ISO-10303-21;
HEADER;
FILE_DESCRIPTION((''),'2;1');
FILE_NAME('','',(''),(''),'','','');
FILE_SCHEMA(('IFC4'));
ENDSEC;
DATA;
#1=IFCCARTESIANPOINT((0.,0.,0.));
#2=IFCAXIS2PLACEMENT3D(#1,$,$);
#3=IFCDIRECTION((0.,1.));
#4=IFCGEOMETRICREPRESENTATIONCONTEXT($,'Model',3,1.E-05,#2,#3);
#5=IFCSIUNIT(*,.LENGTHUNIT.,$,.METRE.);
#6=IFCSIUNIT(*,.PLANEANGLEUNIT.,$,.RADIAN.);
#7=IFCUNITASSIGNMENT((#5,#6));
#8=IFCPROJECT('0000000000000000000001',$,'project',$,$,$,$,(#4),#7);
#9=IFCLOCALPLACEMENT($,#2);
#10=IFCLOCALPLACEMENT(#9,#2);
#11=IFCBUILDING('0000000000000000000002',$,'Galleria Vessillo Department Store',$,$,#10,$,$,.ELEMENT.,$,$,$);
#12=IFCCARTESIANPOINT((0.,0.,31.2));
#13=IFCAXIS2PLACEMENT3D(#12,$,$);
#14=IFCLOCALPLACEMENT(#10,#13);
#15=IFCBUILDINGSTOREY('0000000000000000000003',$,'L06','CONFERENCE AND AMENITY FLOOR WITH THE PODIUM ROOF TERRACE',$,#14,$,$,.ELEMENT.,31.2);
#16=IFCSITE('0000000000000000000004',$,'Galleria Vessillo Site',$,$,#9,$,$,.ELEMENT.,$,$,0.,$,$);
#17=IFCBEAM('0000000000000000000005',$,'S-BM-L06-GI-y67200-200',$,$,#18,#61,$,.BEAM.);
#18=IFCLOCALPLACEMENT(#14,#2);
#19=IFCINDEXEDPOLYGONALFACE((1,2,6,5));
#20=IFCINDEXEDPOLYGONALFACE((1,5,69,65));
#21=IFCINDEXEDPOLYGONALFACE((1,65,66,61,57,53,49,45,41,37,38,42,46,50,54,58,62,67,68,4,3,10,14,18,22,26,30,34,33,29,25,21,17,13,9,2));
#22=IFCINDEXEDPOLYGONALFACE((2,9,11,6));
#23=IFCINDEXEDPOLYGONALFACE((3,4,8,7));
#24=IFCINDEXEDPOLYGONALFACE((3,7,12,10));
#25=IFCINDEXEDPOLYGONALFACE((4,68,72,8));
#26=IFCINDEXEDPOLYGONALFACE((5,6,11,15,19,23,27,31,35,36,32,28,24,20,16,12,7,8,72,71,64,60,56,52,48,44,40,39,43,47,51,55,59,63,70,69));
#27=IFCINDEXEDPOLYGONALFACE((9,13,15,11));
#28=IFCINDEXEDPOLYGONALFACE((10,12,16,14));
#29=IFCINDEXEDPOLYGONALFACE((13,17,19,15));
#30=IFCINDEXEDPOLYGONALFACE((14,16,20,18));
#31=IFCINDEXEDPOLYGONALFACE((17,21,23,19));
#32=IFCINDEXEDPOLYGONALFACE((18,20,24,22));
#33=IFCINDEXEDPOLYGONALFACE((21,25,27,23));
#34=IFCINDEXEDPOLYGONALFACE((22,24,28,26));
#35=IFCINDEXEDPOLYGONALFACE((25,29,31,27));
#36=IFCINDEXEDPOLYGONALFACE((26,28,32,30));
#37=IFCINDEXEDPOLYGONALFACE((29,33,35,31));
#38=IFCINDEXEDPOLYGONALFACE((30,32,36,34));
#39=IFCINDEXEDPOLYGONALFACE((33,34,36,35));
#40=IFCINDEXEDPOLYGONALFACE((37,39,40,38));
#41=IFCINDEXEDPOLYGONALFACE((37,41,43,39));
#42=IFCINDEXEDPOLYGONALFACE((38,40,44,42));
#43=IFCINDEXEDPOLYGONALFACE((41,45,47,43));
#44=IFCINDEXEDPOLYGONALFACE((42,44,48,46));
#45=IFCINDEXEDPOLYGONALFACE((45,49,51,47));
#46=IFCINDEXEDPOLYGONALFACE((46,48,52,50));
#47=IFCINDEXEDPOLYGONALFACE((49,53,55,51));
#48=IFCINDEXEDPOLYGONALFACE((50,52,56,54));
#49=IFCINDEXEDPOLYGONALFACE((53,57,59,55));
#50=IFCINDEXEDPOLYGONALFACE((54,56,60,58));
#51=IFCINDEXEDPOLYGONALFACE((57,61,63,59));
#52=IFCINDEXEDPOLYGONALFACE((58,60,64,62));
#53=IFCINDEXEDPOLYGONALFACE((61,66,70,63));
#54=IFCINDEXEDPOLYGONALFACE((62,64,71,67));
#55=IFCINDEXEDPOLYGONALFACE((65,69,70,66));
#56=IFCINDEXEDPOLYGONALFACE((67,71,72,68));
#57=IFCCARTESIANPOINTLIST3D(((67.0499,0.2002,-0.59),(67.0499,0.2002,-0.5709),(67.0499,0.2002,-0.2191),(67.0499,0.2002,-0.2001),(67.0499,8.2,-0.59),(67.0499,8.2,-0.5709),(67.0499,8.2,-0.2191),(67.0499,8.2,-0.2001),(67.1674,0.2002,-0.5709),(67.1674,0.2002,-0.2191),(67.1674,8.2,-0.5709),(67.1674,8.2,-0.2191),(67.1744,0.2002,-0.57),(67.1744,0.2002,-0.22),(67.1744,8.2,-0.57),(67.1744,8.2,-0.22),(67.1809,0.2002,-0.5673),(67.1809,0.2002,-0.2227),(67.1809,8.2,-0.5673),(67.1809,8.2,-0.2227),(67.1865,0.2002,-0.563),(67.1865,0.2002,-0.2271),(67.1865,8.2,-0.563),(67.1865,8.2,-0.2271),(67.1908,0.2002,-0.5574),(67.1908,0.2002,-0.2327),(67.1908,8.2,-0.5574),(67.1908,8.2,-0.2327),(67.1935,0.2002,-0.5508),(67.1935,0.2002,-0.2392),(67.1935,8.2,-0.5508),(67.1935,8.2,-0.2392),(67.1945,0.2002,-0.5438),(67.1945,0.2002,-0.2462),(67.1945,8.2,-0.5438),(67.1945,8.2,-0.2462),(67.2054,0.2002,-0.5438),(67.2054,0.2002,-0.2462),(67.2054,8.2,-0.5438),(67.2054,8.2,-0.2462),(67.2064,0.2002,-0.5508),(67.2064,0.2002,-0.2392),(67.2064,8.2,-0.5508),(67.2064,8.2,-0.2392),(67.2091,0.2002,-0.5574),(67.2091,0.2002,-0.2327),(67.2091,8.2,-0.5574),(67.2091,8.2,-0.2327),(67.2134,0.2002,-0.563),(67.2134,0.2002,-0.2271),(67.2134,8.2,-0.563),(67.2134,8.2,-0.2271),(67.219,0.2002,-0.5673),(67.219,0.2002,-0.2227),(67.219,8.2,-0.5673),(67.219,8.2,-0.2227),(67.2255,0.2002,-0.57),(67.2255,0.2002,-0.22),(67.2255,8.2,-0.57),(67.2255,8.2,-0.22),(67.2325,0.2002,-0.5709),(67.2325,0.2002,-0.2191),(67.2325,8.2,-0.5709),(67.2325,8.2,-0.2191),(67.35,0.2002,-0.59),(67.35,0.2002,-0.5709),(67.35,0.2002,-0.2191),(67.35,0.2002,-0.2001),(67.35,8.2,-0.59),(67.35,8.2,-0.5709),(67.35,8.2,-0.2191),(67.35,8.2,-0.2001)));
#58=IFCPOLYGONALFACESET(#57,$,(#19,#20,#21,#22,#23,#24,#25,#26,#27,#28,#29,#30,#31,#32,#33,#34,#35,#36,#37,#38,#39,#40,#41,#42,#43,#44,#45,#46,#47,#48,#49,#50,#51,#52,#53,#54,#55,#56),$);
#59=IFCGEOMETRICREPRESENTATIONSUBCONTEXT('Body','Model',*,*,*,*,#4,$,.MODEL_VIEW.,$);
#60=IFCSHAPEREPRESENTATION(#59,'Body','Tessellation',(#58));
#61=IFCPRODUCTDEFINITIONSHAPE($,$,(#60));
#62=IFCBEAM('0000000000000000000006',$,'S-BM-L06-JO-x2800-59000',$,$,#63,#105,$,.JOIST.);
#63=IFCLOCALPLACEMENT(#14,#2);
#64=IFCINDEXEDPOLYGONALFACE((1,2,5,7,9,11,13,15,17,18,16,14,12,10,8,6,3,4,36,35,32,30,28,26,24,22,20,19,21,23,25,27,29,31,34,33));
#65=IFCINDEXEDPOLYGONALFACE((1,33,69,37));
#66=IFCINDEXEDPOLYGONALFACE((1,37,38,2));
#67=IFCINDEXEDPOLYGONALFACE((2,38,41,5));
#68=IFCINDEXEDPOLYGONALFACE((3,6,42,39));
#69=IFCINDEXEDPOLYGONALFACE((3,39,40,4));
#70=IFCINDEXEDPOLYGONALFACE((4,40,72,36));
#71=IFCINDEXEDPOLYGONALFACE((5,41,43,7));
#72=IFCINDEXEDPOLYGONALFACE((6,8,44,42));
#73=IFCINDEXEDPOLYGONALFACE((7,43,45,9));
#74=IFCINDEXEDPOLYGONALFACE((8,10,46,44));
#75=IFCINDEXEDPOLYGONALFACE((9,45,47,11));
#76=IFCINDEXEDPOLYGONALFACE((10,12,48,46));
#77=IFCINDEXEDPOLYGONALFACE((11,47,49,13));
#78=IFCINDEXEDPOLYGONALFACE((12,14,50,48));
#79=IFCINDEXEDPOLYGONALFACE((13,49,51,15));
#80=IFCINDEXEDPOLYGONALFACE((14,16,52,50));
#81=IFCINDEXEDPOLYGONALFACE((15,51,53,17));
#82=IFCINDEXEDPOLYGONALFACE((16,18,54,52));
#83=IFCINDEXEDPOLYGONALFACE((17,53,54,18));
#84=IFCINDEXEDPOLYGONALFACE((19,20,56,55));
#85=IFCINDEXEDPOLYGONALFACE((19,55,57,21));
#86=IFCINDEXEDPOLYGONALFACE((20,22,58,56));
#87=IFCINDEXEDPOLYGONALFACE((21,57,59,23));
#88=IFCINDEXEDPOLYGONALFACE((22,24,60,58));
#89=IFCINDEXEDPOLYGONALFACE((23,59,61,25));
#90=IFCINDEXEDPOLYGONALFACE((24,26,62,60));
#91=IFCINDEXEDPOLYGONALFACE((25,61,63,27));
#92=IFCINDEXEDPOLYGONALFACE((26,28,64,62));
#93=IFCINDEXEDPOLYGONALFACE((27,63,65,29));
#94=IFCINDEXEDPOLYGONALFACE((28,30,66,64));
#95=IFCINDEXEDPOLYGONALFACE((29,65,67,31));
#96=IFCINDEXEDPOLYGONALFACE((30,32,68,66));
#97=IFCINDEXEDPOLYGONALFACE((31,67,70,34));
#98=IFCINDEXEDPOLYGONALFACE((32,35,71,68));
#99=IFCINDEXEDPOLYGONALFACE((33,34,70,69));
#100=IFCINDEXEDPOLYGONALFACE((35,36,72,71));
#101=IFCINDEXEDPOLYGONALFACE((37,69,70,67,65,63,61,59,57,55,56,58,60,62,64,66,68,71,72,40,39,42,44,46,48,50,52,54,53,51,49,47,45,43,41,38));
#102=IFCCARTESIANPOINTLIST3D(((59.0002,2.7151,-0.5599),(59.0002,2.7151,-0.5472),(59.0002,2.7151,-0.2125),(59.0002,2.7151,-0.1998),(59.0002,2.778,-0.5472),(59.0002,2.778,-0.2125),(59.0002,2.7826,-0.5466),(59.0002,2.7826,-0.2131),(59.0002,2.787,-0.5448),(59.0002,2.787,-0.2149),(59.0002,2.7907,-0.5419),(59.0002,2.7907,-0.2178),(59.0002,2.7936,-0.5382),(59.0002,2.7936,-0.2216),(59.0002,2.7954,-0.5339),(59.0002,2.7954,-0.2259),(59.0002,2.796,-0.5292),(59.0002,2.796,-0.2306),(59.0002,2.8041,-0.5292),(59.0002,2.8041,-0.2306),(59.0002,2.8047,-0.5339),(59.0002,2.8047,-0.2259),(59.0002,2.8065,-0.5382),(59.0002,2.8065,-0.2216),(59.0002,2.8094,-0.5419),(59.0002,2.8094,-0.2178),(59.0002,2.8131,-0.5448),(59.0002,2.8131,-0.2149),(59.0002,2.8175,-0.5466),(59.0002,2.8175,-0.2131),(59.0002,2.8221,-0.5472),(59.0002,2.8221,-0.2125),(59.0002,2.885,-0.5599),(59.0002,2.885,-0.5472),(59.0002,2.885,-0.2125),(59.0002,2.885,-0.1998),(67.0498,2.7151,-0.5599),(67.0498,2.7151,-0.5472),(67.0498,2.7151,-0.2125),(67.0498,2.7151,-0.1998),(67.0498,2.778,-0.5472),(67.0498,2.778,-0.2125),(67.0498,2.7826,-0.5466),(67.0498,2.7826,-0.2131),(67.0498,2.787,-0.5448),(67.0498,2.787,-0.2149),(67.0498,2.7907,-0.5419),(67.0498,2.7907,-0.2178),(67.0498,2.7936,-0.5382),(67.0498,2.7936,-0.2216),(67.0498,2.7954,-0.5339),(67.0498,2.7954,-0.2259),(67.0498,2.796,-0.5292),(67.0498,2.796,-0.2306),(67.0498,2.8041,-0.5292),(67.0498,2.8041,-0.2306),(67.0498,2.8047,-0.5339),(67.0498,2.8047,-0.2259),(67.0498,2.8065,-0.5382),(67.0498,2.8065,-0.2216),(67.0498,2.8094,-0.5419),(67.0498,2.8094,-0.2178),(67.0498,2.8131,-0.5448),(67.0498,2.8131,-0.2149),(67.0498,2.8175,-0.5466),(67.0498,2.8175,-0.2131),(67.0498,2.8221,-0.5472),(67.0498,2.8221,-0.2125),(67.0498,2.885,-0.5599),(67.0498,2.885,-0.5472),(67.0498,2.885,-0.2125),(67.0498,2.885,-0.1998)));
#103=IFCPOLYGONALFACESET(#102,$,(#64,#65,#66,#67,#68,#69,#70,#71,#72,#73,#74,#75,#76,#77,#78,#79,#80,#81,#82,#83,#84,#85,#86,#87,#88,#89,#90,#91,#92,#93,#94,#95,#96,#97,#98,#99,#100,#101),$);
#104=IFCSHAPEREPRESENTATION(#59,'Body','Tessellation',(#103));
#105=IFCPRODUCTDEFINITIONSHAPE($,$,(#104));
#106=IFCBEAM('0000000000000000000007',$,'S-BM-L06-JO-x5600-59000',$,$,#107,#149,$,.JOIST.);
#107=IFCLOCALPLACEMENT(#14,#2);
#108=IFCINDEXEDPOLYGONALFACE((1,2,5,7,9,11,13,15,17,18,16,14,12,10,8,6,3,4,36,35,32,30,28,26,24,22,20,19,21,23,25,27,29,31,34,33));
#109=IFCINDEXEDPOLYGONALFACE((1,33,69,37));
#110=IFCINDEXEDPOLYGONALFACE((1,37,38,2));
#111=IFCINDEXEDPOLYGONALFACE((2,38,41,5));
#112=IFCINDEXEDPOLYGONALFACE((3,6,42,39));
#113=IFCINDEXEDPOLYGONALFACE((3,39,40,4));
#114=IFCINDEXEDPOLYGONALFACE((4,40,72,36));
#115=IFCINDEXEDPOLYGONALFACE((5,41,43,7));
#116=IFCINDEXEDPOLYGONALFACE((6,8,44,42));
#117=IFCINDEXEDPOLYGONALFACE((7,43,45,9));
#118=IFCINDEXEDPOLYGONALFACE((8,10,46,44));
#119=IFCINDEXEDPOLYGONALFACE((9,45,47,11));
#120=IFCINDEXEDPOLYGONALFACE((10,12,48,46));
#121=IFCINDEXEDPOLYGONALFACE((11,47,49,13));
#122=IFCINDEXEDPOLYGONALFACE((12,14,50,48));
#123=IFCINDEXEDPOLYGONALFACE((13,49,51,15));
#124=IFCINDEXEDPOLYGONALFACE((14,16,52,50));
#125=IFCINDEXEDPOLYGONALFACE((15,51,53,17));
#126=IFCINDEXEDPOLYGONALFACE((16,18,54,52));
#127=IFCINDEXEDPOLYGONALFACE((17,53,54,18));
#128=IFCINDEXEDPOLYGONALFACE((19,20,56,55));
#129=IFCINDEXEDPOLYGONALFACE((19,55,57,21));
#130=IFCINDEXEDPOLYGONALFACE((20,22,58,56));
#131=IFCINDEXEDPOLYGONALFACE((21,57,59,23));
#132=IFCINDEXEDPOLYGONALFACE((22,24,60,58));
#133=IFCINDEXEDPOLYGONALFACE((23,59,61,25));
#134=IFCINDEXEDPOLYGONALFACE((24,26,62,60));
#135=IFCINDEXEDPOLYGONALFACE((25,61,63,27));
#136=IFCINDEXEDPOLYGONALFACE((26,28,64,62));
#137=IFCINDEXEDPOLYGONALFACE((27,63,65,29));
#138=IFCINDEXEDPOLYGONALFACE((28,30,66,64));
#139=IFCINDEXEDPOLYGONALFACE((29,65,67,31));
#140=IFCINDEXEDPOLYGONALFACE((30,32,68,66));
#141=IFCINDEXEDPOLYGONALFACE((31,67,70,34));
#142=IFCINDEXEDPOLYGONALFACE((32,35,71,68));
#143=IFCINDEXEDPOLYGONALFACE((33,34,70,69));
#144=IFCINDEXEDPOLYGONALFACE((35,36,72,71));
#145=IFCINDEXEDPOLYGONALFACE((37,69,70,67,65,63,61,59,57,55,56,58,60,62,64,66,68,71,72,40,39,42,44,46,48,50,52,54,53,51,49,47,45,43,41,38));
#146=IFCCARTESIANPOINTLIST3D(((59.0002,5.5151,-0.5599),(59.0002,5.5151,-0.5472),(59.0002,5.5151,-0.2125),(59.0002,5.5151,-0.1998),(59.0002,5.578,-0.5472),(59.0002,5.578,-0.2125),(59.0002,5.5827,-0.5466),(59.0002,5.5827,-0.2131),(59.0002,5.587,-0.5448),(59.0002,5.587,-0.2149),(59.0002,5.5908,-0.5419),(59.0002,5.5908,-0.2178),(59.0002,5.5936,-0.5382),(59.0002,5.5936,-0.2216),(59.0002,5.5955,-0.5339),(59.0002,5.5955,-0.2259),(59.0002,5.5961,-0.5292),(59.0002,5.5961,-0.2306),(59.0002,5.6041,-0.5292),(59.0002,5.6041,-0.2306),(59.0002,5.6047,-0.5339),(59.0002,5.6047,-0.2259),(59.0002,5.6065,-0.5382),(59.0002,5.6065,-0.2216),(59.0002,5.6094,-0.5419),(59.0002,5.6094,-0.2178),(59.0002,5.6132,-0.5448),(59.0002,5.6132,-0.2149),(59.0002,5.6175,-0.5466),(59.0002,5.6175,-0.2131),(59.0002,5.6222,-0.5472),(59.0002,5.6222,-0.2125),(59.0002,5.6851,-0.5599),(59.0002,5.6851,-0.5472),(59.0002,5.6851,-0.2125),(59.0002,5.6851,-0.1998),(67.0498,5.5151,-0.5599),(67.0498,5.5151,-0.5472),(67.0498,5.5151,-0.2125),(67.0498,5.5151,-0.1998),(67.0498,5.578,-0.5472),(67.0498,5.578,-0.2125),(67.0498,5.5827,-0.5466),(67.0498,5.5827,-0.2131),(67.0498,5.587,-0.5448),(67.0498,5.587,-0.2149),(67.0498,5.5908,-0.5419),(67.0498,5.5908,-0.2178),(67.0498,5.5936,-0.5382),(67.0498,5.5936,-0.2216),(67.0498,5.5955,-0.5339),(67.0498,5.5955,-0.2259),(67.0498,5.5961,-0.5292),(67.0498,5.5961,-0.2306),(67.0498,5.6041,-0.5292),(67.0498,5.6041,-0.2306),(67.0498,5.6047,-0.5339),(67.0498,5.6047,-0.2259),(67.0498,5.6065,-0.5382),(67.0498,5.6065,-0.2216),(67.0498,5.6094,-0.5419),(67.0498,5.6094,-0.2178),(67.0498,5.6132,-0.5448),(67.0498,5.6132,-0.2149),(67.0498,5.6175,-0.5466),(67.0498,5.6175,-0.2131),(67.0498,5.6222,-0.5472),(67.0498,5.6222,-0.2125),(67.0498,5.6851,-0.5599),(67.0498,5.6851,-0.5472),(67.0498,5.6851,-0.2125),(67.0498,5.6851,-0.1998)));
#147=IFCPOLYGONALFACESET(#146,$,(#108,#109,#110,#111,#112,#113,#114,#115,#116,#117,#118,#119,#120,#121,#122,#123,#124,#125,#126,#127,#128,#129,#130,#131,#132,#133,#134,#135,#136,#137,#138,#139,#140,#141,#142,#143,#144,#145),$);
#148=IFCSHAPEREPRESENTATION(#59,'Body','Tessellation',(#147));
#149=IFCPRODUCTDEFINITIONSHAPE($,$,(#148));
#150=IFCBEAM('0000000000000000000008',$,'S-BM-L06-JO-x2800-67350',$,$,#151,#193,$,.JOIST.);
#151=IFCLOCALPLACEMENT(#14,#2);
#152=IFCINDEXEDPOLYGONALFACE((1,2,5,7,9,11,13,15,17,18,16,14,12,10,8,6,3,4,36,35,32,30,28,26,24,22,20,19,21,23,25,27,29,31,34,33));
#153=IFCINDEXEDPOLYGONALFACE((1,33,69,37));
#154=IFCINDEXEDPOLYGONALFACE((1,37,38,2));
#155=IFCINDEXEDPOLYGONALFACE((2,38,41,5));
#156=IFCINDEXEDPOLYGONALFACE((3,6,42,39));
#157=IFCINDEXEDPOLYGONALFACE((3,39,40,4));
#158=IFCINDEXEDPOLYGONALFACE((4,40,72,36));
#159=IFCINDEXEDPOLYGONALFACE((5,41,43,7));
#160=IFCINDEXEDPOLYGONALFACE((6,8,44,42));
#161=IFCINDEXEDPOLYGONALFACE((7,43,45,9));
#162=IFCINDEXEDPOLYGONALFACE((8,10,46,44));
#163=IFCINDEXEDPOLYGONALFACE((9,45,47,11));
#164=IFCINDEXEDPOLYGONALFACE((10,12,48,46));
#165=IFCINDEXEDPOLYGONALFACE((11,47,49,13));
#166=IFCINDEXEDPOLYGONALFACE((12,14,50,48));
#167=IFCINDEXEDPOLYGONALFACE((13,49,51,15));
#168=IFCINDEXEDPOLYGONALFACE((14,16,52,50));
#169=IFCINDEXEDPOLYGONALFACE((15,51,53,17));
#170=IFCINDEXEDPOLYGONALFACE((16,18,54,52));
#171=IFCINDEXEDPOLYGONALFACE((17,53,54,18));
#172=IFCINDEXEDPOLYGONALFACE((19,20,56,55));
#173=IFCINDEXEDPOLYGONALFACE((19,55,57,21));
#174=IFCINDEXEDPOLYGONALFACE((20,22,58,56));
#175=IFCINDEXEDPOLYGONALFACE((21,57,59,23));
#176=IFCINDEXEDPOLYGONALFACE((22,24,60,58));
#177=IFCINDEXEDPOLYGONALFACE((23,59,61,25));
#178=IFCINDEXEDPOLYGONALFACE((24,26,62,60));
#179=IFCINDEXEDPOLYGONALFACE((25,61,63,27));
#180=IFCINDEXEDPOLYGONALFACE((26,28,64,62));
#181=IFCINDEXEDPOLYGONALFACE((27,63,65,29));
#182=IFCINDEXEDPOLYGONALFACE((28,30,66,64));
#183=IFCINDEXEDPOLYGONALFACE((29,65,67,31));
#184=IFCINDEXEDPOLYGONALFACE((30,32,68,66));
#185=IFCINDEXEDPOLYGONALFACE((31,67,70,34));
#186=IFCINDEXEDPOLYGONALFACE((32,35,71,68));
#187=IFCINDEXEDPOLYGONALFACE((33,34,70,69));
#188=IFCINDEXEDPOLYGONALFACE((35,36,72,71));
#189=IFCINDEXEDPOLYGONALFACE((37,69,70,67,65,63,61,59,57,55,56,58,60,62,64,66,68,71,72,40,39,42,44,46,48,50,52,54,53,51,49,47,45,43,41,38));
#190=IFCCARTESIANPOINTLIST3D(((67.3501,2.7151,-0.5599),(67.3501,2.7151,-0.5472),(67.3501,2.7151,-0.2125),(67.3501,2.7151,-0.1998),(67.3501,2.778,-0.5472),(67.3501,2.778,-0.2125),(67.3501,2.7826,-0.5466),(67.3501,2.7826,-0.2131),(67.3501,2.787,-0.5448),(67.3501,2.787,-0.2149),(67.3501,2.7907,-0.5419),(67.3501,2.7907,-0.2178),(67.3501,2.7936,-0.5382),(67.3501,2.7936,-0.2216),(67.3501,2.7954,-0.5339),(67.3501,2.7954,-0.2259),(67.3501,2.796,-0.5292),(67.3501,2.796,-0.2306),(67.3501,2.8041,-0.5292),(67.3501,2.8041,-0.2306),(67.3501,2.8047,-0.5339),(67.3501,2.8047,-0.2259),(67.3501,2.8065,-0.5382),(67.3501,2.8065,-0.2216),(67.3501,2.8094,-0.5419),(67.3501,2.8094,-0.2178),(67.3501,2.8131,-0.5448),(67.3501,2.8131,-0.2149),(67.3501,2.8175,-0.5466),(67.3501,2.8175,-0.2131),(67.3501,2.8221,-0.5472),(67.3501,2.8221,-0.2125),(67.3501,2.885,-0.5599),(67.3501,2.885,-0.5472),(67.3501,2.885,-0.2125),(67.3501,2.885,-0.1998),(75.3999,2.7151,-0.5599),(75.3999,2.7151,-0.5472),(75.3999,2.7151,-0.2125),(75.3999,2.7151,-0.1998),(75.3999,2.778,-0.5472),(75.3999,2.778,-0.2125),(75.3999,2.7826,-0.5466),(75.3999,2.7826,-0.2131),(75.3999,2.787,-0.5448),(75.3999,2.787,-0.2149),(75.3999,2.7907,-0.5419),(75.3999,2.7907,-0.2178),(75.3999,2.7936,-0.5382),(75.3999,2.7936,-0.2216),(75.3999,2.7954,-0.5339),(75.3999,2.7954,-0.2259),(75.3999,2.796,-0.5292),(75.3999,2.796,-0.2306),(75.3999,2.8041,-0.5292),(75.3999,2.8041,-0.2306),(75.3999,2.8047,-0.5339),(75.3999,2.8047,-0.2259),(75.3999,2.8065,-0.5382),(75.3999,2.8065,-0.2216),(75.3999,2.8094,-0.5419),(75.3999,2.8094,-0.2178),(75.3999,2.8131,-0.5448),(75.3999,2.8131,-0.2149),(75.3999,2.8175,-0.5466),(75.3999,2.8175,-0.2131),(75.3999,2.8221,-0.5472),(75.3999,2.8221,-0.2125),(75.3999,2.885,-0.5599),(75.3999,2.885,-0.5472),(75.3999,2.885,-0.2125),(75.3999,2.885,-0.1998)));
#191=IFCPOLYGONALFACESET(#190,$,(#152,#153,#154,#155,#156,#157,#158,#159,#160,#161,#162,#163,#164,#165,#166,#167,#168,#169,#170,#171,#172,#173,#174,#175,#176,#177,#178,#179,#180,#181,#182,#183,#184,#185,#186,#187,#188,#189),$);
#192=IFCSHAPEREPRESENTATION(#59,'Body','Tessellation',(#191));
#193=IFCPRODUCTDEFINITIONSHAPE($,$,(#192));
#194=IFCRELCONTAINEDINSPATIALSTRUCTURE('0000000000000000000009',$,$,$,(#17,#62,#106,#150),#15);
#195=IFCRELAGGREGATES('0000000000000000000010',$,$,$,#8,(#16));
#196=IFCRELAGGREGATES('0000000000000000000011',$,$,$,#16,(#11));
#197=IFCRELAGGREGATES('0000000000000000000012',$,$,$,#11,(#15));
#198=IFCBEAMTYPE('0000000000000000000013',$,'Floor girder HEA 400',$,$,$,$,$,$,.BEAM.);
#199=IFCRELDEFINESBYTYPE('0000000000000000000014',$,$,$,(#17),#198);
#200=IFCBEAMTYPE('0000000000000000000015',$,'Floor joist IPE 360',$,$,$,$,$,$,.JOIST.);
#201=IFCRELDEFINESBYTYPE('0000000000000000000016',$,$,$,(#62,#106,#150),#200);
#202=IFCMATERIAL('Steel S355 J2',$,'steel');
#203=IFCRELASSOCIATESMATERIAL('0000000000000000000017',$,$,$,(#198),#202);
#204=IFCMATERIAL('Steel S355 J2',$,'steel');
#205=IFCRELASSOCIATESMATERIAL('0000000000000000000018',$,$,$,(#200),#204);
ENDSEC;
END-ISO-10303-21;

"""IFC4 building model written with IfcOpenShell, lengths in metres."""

from ifc_helpers import new_model, si_unit, direction, frame, origin, origin_2d, place, context, subcontext, project, spatial, i_section, extrude, material, material_profile, profile_set, type_object, element, save


model = new_model("IFC4")

# Units and contexts
model_context = context("Model", 3, precision=1e-05, world=origin(), true_north=direction((0.0, 1.0)))
body_context = subcontext(model_context, "Body", "Model", "MODEL_VIEW")
ifc_project = project(units=[si_unit("LENGTHUNIT", "METRE"), si_unit("PLANEANGLEUNIT", "RADIAN")], contexts=[model_context])

# Site, building, storey
site_placement = place(None, origin())
site = spatial("IfcSite", under=ifc_project, at=site_placement, Name="Galleria Vessillo Site", CompositionType="ELEMENT", RefElevation=0.0)
building_placement = place(site_placement, origin())
building = spatial("IfcBuilding", under=site, at=building_placement, Name="Galleria Vessillo Department Store", CompositionType="ELEMENT")
storey_placement = place(building_placement, frame((0.0, 0.0, 31.2)))
storey = spatial("IfcBuildingStorey", under=building, at=storey_placement, Name="L06", Description="CONFERENCE AND AMENITY FLOOR WITH THE PODIUM ROOF TERRACE", CompositionType="ELEMENT", Elevation=31.2)

# Beams
ifc_material_1 = material(Name="Steel S355 J2", Category="steel")
ifc_material_profile_1 = material_profile(ifc_material_1, i_section(OverallWidth=0.3, OverallDepth=0.3899, WebThickness=0.011, FlangeThickness=0.019, FilletRadius=0.0271, at=origin_2d()), Name="HEA 400")
ifc_profile_set_1 = profile_set([ifc_material_profile_1], Name="Steel S355 J2")
beam_type_1 = type_object("IfcBeamType", Name="Floor girder HEA 400", PredefinedType="BEAM", material=ifc_profile_set_1)
beam_1_placement = place(storey_placement, frame((67.2, 0.2002, -0.395), z_axis=(0.0, 1.0, 0.0), x_axis=(-1.0, 0.0, 0.0)))
element("IfcBeam", 1, at=beam_1_placement, inside=storey, type_object=beam_type_1, Name="S-BM-L06-GI-y67200-200", PredefinedType="BEAM", context=body_context, shape_type="SweptSolid", body=[
    extrude(i_section(OverallWidth=0.3, OverallDepth=0.3899, WebThickness=0.011, FlangeThickness=0.019, FilletRadius=0.0271, at=origin_2d()), origin(), (0.0, 0.0, 1.0), 7.9998),
])
ifc_material_2 = material(Name="Steel S355 J2", Category="steel")
ifc_material_profile_2 = material_profile(ifc_material_2, i_section(OverallWidth=0.1699, OverallDepth=0.3601, WebThickness=0.0081, FlangeThickness=0.0127, FilletRadius=0.0181, at=origin_2d()), Name="IPE 360")
ifc_profile_set_2 = profile_set([ifc_material_profile_2], Name="Steel S355 J2")
beam_type_2 = type_object("IfcBeamType", Name="Floor joist IPE 360", PredefinedType="JOIST", material=ifc_profile_set_2)
for number, where, z_axis, x_axis, name in (
    (2, (59.0002, 2.8, -0.3799), (1.0, 0.0, 0.0), (0.0, 1.0, 0.0), "S-BM-L06-JO-x2800-59000"),
    (3, (59.0002, 5.6001, -0.3799), (1.0, 0.0, 0.0), (0.0, 1.0, 0.0), "S-BM-L06-JO-x5600-59000"),
):
    element("IfcBeam", number, at=place(storey_placement, frame(where, z_axis=z_axis, x_axis=x_axis)), inside=storey, type_object=beam_type_2, Name=name, PredefinedType="JOIST", context=body_context, shape_type="SweptSolid", body=[
        extrude(i_section(OverallWidth=0.1699, OverallDepth=0.3601, WebThickness=0.0081, FlangeThickness=0.0127, FilletRadius=0.0181, at=origin_2d()), origin(), (0.0, 0.0, 1.0), 8.0496),
    ])
beam_2_placement = place(storey_placement, frame((67.3501, 2.8, -0.3799), z_axis=(1.0, 0.0, 0.0), x_axis=(0.0, 1.0, 0.0)))
element("IfcBeam", 4, at=beam_2_placement, inside=storey, type_object=beam_type_2, Name="S-BM-L06-JO-x2800-67350", PredefinedType="JOIST", context=body_context, shape_type="SweptSolid", body=[
    extrude(i_section(OverallWidth=0.1699, OverallDepth=0.3601, WebThickness=0.0081, FlangeThickness=0.0127, FilletRadius=0.0181, at=origin_2d()), origin(), (0.0, 0.0, 1.0), 8.0498),
])

save(model, "model.ifc")
